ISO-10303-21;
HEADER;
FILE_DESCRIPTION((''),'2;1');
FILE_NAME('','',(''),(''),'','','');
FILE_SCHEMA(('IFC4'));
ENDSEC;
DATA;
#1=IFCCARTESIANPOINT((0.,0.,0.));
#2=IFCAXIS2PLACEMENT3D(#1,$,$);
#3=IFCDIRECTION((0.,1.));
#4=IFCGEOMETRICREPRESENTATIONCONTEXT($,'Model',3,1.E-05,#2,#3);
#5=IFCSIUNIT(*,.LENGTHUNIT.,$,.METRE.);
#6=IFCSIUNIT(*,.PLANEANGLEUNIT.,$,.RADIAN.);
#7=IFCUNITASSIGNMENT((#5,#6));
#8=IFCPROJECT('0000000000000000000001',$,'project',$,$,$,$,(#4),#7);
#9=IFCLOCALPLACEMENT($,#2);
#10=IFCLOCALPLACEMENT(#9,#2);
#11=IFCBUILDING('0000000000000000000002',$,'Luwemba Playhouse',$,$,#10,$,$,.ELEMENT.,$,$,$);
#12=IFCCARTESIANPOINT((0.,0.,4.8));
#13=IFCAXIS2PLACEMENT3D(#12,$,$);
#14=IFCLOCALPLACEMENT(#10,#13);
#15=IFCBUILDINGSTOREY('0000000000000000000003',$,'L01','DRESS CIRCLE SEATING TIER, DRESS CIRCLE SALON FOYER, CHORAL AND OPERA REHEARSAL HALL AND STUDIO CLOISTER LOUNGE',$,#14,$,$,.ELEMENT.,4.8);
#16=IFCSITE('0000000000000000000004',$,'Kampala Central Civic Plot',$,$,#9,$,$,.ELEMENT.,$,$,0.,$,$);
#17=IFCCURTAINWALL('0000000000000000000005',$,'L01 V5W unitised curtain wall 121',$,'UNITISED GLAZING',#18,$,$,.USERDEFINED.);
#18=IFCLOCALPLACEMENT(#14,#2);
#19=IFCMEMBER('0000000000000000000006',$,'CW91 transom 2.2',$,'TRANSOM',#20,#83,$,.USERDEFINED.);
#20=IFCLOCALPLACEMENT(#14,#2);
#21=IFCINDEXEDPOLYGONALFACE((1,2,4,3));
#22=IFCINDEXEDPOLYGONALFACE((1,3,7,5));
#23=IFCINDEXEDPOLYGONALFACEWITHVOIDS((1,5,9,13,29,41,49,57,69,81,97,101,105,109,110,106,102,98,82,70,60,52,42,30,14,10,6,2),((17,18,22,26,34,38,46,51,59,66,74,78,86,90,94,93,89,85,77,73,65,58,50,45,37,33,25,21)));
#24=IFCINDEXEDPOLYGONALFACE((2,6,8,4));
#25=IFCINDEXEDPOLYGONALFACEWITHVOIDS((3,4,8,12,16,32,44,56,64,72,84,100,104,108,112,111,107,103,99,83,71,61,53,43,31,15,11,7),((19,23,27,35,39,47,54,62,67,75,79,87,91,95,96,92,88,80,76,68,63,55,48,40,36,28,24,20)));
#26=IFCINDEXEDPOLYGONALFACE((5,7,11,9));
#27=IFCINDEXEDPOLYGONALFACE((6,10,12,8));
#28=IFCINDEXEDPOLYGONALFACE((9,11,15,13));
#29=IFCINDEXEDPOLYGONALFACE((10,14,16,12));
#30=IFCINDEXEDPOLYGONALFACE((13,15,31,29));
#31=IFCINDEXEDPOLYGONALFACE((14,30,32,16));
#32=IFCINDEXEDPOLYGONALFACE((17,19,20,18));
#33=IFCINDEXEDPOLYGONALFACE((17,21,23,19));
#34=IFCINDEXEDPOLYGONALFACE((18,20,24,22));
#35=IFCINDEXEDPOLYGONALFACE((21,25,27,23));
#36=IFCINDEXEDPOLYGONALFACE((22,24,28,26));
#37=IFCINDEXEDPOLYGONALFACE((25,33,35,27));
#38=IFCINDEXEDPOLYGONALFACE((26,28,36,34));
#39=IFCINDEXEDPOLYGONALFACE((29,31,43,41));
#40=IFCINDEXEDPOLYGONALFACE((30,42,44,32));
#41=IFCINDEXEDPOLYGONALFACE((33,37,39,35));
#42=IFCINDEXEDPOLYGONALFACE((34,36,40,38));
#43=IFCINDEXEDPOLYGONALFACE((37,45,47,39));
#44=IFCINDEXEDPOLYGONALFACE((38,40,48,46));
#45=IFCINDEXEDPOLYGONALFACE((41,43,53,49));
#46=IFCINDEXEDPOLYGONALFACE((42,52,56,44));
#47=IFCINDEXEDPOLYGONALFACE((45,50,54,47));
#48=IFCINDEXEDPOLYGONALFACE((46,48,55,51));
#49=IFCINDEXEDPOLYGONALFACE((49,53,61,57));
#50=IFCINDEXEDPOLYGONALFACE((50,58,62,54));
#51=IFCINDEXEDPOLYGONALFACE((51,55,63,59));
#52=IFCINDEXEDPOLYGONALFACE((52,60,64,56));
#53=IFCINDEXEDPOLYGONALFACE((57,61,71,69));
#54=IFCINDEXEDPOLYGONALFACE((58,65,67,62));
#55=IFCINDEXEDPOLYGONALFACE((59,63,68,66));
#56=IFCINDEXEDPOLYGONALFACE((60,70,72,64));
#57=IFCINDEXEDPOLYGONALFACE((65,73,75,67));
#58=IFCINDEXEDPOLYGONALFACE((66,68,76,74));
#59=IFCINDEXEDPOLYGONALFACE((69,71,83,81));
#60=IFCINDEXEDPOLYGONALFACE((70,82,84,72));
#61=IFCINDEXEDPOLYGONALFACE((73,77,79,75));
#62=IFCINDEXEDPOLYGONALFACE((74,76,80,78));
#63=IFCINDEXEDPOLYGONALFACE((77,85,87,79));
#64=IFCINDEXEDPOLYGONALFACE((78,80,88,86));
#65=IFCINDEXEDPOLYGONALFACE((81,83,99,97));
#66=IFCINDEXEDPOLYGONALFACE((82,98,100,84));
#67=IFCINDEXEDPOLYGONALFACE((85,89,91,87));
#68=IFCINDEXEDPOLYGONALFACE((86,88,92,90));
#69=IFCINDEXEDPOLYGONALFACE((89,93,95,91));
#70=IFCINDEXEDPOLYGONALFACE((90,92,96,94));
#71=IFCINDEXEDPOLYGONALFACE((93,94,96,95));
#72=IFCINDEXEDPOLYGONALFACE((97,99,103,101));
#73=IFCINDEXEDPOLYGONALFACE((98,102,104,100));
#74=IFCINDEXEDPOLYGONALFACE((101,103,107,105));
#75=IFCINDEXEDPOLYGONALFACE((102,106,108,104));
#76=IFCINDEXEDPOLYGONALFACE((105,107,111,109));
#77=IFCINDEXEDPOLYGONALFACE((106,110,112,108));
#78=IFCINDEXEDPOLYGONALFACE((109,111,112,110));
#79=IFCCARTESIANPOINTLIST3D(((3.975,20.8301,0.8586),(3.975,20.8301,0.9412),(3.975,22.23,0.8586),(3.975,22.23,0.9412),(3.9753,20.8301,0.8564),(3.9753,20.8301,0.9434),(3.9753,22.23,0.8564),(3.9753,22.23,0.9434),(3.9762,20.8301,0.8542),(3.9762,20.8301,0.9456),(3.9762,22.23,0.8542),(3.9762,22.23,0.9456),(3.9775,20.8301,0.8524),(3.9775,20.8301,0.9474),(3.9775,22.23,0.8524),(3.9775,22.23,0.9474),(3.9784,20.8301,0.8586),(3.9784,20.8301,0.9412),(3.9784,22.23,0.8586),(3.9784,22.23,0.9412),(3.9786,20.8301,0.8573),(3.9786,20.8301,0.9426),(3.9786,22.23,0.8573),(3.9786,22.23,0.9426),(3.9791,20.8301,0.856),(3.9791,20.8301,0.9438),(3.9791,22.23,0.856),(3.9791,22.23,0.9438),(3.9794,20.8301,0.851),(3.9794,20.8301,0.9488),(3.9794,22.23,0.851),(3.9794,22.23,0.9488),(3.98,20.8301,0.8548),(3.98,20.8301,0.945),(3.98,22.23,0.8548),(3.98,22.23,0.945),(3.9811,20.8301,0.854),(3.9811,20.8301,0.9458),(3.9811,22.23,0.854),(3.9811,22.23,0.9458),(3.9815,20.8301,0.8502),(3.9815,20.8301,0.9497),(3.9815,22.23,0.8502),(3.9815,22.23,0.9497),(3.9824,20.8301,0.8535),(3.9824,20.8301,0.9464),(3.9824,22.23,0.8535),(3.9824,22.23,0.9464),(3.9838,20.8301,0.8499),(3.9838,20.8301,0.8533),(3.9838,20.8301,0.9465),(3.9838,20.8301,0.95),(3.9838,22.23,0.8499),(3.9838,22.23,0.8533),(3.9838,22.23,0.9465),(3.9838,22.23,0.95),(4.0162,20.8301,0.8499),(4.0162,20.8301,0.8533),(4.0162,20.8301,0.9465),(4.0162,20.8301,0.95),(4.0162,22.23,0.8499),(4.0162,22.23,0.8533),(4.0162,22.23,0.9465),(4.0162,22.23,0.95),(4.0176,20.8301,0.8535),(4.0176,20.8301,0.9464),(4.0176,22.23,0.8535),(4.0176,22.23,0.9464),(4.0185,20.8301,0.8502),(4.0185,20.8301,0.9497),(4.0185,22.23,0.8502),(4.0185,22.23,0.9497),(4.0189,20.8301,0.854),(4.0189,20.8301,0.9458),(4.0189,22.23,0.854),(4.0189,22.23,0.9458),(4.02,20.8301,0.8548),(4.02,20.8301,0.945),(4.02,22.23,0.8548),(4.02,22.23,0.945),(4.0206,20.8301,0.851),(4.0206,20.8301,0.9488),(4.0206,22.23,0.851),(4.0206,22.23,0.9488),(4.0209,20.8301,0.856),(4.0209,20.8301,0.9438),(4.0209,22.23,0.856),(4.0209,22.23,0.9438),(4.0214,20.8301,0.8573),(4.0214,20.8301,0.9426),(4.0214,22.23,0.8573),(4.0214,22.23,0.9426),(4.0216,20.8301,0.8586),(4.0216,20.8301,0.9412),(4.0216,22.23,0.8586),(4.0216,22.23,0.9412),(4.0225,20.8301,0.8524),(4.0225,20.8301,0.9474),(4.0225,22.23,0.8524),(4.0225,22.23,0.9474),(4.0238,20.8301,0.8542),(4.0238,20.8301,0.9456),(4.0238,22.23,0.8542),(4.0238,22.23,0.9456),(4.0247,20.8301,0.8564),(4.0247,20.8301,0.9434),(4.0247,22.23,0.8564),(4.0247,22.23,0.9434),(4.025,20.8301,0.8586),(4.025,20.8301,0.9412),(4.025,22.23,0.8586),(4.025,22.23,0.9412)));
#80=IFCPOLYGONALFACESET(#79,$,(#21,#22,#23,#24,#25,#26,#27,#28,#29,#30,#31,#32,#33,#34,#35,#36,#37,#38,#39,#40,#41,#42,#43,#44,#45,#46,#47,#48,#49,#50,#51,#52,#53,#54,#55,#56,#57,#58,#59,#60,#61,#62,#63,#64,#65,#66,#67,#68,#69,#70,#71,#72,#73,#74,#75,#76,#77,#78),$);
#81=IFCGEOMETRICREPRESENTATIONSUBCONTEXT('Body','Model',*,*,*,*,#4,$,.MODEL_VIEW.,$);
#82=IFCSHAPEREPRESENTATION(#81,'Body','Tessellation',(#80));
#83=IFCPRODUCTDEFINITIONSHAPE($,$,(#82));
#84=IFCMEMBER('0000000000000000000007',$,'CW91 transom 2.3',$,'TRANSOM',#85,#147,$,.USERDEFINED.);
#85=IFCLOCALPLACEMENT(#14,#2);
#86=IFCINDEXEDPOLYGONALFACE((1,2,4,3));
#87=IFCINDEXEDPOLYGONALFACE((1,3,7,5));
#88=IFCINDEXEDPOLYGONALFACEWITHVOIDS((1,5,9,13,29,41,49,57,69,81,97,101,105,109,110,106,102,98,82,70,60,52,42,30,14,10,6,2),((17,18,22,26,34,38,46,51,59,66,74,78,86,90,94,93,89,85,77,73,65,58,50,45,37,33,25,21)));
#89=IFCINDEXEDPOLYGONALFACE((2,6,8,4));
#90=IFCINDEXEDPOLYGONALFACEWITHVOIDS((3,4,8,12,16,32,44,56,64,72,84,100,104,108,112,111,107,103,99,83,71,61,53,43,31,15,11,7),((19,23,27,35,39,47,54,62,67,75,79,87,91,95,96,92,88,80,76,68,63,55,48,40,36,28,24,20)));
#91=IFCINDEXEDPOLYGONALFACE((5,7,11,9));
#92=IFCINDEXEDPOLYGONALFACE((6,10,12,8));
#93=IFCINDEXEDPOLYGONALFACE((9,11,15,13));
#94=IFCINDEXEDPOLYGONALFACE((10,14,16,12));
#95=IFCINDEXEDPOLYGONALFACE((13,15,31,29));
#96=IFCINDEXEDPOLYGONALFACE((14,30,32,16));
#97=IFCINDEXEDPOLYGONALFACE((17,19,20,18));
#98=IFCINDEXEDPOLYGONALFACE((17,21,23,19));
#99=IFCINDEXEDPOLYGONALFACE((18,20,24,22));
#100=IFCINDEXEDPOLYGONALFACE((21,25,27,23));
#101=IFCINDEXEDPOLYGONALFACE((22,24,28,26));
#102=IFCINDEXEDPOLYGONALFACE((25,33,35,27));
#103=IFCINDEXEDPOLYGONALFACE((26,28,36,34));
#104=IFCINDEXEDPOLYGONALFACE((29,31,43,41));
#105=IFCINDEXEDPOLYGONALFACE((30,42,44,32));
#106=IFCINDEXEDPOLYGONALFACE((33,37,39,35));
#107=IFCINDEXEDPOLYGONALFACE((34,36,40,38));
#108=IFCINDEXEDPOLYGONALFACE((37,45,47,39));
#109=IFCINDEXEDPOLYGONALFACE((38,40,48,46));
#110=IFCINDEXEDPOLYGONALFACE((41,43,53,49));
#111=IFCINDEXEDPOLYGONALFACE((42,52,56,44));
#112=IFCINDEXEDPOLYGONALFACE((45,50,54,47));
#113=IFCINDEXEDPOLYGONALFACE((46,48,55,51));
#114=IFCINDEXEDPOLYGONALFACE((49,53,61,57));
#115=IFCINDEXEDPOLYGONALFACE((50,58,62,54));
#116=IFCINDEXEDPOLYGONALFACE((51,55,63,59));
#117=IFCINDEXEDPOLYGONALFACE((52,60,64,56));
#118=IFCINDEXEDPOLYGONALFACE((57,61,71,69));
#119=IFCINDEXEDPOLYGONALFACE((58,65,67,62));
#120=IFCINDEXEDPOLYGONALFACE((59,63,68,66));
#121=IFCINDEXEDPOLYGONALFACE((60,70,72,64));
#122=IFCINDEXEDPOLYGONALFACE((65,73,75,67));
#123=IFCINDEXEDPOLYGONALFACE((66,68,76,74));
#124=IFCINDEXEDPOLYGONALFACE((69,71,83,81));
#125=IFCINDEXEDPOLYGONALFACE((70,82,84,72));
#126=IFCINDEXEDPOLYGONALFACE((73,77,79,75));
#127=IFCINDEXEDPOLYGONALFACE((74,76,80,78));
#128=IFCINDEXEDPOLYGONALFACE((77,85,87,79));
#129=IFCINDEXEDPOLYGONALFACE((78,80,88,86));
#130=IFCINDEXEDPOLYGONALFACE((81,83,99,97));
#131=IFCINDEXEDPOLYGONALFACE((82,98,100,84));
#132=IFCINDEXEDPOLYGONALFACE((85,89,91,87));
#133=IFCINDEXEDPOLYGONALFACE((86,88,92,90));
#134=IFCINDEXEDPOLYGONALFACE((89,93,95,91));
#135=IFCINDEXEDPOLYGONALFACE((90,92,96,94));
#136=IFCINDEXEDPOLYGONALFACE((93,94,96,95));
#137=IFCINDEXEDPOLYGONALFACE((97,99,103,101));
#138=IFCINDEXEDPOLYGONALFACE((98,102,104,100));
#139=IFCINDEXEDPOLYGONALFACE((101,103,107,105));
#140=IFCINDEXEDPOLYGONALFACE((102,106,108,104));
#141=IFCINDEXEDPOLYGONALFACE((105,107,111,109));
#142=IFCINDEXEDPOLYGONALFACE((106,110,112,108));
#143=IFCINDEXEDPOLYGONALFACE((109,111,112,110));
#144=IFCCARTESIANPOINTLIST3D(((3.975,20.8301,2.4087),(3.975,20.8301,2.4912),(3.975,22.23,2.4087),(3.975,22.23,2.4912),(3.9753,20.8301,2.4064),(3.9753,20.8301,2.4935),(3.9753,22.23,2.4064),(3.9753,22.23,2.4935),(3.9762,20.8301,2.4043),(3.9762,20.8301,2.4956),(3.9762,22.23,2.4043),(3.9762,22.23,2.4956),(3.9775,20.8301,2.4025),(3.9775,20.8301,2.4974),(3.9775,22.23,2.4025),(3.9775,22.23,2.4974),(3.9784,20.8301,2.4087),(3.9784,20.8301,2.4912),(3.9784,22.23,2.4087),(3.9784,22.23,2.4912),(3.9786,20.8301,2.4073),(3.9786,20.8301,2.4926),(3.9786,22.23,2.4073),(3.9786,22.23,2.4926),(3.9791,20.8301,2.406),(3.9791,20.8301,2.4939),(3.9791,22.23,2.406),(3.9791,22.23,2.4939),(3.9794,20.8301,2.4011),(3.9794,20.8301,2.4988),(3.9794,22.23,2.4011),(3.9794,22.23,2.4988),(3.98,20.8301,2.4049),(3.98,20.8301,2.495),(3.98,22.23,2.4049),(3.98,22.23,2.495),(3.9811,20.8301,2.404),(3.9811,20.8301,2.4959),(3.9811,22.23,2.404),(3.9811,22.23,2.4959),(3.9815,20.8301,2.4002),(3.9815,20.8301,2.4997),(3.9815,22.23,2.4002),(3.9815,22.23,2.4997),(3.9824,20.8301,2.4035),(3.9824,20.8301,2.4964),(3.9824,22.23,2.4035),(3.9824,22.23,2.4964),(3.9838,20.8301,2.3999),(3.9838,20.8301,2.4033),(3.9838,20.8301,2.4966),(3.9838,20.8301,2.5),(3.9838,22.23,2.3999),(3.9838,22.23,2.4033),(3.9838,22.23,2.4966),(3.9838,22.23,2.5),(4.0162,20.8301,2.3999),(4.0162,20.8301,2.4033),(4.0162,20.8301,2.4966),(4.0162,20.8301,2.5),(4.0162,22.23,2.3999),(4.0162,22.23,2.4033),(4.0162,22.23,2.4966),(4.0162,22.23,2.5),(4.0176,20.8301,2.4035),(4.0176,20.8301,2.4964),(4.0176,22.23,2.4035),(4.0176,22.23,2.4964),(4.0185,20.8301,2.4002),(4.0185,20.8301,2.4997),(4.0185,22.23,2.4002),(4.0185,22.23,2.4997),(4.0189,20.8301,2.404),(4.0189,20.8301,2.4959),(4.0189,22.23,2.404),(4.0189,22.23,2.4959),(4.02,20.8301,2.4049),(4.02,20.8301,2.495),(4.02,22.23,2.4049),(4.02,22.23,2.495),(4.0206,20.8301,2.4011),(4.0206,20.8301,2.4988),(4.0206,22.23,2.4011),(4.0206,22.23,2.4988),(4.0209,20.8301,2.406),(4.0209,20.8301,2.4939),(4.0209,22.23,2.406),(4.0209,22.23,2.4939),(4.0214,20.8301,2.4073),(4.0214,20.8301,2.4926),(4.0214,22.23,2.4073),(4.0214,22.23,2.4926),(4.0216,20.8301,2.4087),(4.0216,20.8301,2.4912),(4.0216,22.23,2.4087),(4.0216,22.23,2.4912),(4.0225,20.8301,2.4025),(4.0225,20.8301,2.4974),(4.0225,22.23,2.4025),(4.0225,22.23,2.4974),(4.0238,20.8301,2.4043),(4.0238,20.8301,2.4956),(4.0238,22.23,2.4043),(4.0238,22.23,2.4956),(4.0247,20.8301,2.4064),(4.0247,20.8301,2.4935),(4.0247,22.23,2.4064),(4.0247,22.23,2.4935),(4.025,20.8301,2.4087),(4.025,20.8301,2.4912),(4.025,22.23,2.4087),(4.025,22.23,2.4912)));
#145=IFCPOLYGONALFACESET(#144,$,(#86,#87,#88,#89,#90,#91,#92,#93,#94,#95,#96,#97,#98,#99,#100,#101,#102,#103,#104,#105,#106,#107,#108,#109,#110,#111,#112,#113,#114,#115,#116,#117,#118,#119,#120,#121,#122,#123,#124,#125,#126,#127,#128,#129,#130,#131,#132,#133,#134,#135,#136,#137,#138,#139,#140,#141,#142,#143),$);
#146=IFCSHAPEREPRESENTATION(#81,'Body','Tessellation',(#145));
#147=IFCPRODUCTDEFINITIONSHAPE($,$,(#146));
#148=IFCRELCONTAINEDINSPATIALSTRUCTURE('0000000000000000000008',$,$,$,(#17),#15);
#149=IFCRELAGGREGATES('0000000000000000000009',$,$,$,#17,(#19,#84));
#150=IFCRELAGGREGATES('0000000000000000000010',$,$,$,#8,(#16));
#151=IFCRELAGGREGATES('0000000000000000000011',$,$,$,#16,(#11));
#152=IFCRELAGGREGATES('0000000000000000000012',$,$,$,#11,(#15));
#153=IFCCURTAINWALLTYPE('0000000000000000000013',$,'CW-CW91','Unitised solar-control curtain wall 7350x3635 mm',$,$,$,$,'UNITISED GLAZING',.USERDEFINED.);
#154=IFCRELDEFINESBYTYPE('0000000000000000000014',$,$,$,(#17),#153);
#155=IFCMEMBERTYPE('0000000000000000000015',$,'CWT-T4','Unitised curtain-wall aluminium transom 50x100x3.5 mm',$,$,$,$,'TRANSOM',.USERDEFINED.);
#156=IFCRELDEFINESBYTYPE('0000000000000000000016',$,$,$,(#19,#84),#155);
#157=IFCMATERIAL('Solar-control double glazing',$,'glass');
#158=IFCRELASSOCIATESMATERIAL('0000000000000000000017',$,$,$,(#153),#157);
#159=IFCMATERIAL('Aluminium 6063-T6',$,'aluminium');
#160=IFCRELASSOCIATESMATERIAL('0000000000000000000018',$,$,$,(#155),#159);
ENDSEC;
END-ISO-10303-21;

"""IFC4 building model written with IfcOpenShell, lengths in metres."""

from ifc_helpers import new_model, si_unit, direction, frame, origin, origin_2d, place, context, subcontext, project, spatial, hollow_rectangle, extrude, material, material_profile, profile_set, type_object, element, aggregate, save


model = new_model("IFC4")

# Units and contexts
model_context = context("Model", 3, precision=1e-05, world=origin(), true_north=direction((0.0, 1.0)))
body_context = subcontext(model_context, "Body", "Model", "MODEL_VIEW")
ifc_project = project(units=[si_unit("LENGTHUNIT", "METRE"), si_unit("PLANEANGLEUNIT", "RADIAN")], contexts=[model_context])

# Site, building, storey
site_placement = place(None, origin())
site = spatial("IfcSite", under=ifc_project, at=site_placement, Name="Kampala Central Civic Plot", CompositionType="ELEMENT", RefElevation=0.0)
building_placement = place(site_placement, origin())
building = spatial("IfcBuilding", under=site, at=building_placement, Name="Luwemba Playhouse", CompositionType="ELEMENT")
storey_placement = place(building_placement, frame((0.0, 0.0, 4.8)))
storey = spatial("IfcBuildingStorey", under=building, at=storey_placement, Name="L01", Description="DRESS CIRCLE SEATING TIER, DRESS CIRCLE SALON FOYER, CHORAL AND OPERA REHEARSAL HALL AND STUDIO CLOISTER LOUNGE", CompositionType="ELEMENT", Elevation=4.8)

# Curtain wall
ifc_material_1 = material(Name="Solar-control double glazing", Category="glass")
ifc_material_2 = material(Name="Aluminium 6063-T6", Category="aluminium")
curtain_wall_type_1 = type_object("IfcCurtainWallType", Name="CW-CW91", Description="Unitised solar-control curtain wall 7350x3635 mm", ElementType="UNITISED GLAZING", PredefinedType="USERDEFINED", material=ifc_material_1)
curtain_wall_1_placement = place(storey_placement, origin())
curtain_wall_1 = element("IfcCurtainWall", 1, at=curtain_wall_1_placement, inside=storey, type_object=curtain_wall_type_1, Name="L01 V5W unitised curtain wall 121", ObjectType="UNITISED GLAZING", PredefinedType="USERDEFINED")

# Members
ifc_material_profile_1 = material_profile(ifc_material_2, hollow_rectangle(XDim=0.05, YDim=0.1001, WallThickness=0.0034, InnerFilletRadius=0.0054, OuterFilletRadius=0.0088, at=origin_2d()))
ifc_profile_set_1 = profile_set([ifc_material_profile_1], Name="Aluminium 6063-T6")
member_type_1 = type_object("IfcMemberType", Name="CWT-T4", Description="Unitised curtain-wall aluminium transom 50x100x3.5 mm", ElementType="TRANSOM", PredefinedType="USERDEFINED", material=ifc_profile_set_1)
member_1_placement = place(storey_placement, frame((4.0, 20.8301, 0.8999), z_axis=(0.0, 1.0, 0.0), x_axis=(-1.0, 0.0, 0.0)))
member_1 = element("IfcMember", 2, at=member_1_placement, type_object=member_type_1, Name="CW91 transom 2.2", ObjectType="TRANSOM", PredefinedType="USERDEFINED", context=body_context, shape_type="SweptSolid", body=[
    extrude(hollow_rectangle(XDim=0.05, YDim=0.1001, WallThickness=0.0034, InnerFilletRadius=0.0054, OuterFilletRadius=0.0088, at=origin_2d()), origin(), (0.0, 0.0, 1.0), 1.3999),
])
member_2_placement = place(storey_placement, frame((4.0, 20.8301, 2.45), z_axis=(0.0, 1.0, 0.0), x_axis=(-1.0, 0.0, 0.0)))
member_2 = element("IfcMember", 3, at=member_2_placement, type_object=member_type_1, Name="CW91 transom 2.3", ObjectType="TRANSOM", PredefinedType="USERDEFINED", context=body_context, shape_type="SweptSolid", body=[
    extrude(hollow_rectangle(XDim=0.05, YDim=0.1001, WallThickness=0.0034, InnerFilletRadius=0.0054, OuterFilletRadius=0.0088, at=origin_2d()), origin(), (0.0, 0.0, 1.0), 1.3999),
])

aggregate(curtain_wall_1, [member_1, member_2])

save(model, "model.ifc")
